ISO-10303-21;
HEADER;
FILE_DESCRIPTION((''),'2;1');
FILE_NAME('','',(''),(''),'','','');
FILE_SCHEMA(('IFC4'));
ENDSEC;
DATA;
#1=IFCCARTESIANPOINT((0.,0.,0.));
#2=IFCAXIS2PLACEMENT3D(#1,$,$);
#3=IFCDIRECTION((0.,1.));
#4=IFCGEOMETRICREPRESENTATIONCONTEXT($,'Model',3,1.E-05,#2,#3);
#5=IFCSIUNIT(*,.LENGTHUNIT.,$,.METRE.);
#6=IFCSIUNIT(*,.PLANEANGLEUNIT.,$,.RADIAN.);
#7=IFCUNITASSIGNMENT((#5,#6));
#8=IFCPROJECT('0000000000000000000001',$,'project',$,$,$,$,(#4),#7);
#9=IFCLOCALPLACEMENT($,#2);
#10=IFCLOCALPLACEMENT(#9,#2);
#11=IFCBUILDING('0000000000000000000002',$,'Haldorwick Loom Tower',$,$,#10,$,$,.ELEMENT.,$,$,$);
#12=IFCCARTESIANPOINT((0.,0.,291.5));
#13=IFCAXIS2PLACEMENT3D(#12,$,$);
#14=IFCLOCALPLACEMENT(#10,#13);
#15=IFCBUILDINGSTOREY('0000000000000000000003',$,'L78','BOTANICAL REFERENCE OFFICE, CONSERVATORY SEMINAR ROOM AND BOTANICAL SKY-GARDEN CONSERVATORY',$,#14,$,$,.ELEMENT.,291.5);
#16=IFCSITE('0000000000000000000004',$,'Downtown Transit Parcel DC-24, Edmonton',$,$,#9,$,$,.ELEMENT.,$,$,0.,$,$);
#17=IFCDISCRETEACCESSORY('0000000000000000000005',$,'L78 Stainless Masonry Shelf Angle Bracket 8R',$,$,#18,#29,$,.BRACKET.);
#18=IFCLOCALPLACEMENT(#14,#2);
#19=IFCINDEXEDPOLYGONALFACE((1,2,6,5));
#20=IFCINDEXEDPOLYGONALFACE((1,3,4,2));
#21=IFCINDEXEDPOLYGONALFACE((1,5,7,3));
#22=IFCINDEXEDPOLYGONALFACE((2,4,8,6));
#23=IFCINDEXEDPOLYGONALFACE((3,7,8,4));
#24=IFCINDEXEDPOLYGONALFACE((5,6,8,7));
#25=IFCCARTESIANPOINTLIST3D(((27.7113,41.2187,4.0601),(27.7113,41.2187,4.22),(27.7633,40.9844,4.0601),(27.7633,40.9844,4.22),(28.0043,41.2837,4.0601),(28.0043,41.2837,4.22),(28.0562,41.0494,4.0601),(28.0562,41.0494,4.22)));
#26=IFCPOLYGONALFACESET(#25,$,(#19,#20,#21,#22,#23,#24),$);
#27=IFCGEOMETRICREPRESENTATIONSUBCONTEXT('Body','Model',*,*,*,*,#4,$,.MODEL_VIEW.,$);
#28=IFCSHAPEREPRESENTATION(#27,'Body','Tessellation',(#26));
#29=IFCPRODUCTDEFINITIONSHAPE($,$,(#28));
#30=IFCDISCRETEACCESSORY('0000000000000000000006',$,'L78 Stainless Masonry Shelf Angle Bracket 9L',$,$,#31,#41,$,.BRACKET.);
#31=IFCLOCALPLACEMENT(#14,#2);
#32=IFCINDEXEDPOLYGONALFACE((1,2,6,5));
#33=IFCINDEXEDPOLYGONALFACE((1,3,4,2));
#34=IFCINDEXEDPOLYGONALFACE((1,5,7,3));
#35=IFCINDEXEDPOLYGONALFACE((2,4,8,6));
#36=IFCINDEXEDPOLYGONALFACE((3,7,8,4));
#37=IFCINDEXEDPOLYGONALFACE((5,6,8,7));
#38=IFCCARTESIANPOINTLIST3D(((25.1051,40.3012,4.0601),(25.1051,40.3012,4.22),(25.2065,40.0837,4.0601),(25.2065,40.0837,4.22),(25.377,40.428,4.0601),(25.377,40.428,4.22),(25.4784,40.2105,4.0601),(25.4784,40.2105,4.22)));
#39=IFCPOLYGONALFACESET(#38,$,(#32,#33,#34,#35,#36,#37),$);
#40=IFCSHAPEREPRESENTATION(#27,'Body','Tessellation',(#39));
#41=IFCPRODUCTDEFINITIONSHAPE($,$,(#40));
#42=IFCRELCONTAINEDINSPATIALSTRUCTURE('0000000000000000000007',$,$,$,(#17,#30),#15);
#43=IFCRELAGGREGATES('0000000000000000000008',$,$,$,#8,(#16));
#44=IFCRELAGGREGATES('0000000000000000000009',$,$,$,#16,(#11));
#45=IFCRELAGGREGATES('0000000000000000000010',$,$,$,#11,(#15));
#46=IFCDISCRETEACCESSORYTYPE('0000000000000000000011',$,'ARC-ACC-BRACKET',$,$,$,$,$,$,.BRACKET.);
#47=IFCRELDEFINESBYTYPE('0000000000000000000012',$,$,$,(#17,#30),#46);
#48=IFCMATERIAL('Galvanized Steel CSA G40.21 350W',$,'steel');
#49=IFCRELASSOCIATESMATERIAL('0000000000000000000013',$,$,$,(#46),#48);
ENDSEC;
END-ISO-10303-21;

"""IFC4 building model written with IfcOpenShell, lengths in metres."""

from ifc_helpers import new_model, si_unit, direction, frame, origin, origin_2d, place, context, subcontext, project, spatial, rectangle, extrude, material, type_object, element, save


model = new_model("IFC4")

# Units and contexts
model_context = context("Model", 3, precision=1e-05, world=origin(), true_north=direction((0.0, 1.0)))
body_context = subcontext(model_context, "Body", "Model", "MODEL_VIEW")
ifc_project = project(units=[si_unit("LENGTHUNIT", "METRE"), si_unit("PLANEANGLEUNIT", "RADIAN")], contexts=[model_context])

# Site, building, storey
site_placement = place(None, origin())
site = spatial("IfcSite", under=ifc_project, at=site_placement, Name="Downtown Transit Parcel DC-24, Edmonton", CompositionType="ELEMENT", RefElevation=0.0)
building_placement = place(site_placement, origin())
building = spatial("IfcBuilding", under=site, at=building_placement, Name="Haldorwick Loom Tower", CompositionType="ELEMENT")
storey_placement = place(building_placement, frame((0.0, 0.0, 291.5)))
storey = spatial("IfcBuildingStorey", under=building, at=storey_placement, Name="L78", Description="BOTANICAL REFERENCE OFFICE, CONSERVATORY SEMINAR ROOM AND BOTANICAL SKY-GARDEN CONSERVATORY", CompositionType="ELEMENT", Elevation=291.5)

# Discrete accessories
ifc_material_1 = material(Name="Galvanized Steel CSA G40.21 350W", Category="steel")
discrete_accessory_type = type_object("IfcDiscreteAccessoryType", Name="ARC-ACC-BRACKET", PredefinedType="BRACKET", material=ifc_material_1)
for number, where, z_axis, x_axis, name in (
    (1, (27.8838, 41.134, 4.0601), (0.0, 0.0, 1.0), (-0.976296, -0.21644, 0.0), "L78 Stainless Masonry Shelf Angle Bracket 8R"),
    (2, (25.2917, 40.2559, 4.0601), (0.0, 0.0, 1.0), (-0.906308, -0.422618, 0.0), "L78 Stainless Masonry Shelf Angle Bracket 9L"),
):
    element("IfcDiscreteAccessory", number, at=place(storey_placement, frame(where, z_axis=z_axis, x_axis=x_axis)), inside=storey, type_object=discrete_accessory_type, Name=name, PredefinedType="BRACKET", context=body_context, shape_type="SweptSolid", body=[
        extrude(rectangle(XDim=0.3, YDim=0.24, at=origin_2d()), origin(), (0.0, 0.0, 1.0), 0.1599),
    ])

save(model, "model.ifc")
